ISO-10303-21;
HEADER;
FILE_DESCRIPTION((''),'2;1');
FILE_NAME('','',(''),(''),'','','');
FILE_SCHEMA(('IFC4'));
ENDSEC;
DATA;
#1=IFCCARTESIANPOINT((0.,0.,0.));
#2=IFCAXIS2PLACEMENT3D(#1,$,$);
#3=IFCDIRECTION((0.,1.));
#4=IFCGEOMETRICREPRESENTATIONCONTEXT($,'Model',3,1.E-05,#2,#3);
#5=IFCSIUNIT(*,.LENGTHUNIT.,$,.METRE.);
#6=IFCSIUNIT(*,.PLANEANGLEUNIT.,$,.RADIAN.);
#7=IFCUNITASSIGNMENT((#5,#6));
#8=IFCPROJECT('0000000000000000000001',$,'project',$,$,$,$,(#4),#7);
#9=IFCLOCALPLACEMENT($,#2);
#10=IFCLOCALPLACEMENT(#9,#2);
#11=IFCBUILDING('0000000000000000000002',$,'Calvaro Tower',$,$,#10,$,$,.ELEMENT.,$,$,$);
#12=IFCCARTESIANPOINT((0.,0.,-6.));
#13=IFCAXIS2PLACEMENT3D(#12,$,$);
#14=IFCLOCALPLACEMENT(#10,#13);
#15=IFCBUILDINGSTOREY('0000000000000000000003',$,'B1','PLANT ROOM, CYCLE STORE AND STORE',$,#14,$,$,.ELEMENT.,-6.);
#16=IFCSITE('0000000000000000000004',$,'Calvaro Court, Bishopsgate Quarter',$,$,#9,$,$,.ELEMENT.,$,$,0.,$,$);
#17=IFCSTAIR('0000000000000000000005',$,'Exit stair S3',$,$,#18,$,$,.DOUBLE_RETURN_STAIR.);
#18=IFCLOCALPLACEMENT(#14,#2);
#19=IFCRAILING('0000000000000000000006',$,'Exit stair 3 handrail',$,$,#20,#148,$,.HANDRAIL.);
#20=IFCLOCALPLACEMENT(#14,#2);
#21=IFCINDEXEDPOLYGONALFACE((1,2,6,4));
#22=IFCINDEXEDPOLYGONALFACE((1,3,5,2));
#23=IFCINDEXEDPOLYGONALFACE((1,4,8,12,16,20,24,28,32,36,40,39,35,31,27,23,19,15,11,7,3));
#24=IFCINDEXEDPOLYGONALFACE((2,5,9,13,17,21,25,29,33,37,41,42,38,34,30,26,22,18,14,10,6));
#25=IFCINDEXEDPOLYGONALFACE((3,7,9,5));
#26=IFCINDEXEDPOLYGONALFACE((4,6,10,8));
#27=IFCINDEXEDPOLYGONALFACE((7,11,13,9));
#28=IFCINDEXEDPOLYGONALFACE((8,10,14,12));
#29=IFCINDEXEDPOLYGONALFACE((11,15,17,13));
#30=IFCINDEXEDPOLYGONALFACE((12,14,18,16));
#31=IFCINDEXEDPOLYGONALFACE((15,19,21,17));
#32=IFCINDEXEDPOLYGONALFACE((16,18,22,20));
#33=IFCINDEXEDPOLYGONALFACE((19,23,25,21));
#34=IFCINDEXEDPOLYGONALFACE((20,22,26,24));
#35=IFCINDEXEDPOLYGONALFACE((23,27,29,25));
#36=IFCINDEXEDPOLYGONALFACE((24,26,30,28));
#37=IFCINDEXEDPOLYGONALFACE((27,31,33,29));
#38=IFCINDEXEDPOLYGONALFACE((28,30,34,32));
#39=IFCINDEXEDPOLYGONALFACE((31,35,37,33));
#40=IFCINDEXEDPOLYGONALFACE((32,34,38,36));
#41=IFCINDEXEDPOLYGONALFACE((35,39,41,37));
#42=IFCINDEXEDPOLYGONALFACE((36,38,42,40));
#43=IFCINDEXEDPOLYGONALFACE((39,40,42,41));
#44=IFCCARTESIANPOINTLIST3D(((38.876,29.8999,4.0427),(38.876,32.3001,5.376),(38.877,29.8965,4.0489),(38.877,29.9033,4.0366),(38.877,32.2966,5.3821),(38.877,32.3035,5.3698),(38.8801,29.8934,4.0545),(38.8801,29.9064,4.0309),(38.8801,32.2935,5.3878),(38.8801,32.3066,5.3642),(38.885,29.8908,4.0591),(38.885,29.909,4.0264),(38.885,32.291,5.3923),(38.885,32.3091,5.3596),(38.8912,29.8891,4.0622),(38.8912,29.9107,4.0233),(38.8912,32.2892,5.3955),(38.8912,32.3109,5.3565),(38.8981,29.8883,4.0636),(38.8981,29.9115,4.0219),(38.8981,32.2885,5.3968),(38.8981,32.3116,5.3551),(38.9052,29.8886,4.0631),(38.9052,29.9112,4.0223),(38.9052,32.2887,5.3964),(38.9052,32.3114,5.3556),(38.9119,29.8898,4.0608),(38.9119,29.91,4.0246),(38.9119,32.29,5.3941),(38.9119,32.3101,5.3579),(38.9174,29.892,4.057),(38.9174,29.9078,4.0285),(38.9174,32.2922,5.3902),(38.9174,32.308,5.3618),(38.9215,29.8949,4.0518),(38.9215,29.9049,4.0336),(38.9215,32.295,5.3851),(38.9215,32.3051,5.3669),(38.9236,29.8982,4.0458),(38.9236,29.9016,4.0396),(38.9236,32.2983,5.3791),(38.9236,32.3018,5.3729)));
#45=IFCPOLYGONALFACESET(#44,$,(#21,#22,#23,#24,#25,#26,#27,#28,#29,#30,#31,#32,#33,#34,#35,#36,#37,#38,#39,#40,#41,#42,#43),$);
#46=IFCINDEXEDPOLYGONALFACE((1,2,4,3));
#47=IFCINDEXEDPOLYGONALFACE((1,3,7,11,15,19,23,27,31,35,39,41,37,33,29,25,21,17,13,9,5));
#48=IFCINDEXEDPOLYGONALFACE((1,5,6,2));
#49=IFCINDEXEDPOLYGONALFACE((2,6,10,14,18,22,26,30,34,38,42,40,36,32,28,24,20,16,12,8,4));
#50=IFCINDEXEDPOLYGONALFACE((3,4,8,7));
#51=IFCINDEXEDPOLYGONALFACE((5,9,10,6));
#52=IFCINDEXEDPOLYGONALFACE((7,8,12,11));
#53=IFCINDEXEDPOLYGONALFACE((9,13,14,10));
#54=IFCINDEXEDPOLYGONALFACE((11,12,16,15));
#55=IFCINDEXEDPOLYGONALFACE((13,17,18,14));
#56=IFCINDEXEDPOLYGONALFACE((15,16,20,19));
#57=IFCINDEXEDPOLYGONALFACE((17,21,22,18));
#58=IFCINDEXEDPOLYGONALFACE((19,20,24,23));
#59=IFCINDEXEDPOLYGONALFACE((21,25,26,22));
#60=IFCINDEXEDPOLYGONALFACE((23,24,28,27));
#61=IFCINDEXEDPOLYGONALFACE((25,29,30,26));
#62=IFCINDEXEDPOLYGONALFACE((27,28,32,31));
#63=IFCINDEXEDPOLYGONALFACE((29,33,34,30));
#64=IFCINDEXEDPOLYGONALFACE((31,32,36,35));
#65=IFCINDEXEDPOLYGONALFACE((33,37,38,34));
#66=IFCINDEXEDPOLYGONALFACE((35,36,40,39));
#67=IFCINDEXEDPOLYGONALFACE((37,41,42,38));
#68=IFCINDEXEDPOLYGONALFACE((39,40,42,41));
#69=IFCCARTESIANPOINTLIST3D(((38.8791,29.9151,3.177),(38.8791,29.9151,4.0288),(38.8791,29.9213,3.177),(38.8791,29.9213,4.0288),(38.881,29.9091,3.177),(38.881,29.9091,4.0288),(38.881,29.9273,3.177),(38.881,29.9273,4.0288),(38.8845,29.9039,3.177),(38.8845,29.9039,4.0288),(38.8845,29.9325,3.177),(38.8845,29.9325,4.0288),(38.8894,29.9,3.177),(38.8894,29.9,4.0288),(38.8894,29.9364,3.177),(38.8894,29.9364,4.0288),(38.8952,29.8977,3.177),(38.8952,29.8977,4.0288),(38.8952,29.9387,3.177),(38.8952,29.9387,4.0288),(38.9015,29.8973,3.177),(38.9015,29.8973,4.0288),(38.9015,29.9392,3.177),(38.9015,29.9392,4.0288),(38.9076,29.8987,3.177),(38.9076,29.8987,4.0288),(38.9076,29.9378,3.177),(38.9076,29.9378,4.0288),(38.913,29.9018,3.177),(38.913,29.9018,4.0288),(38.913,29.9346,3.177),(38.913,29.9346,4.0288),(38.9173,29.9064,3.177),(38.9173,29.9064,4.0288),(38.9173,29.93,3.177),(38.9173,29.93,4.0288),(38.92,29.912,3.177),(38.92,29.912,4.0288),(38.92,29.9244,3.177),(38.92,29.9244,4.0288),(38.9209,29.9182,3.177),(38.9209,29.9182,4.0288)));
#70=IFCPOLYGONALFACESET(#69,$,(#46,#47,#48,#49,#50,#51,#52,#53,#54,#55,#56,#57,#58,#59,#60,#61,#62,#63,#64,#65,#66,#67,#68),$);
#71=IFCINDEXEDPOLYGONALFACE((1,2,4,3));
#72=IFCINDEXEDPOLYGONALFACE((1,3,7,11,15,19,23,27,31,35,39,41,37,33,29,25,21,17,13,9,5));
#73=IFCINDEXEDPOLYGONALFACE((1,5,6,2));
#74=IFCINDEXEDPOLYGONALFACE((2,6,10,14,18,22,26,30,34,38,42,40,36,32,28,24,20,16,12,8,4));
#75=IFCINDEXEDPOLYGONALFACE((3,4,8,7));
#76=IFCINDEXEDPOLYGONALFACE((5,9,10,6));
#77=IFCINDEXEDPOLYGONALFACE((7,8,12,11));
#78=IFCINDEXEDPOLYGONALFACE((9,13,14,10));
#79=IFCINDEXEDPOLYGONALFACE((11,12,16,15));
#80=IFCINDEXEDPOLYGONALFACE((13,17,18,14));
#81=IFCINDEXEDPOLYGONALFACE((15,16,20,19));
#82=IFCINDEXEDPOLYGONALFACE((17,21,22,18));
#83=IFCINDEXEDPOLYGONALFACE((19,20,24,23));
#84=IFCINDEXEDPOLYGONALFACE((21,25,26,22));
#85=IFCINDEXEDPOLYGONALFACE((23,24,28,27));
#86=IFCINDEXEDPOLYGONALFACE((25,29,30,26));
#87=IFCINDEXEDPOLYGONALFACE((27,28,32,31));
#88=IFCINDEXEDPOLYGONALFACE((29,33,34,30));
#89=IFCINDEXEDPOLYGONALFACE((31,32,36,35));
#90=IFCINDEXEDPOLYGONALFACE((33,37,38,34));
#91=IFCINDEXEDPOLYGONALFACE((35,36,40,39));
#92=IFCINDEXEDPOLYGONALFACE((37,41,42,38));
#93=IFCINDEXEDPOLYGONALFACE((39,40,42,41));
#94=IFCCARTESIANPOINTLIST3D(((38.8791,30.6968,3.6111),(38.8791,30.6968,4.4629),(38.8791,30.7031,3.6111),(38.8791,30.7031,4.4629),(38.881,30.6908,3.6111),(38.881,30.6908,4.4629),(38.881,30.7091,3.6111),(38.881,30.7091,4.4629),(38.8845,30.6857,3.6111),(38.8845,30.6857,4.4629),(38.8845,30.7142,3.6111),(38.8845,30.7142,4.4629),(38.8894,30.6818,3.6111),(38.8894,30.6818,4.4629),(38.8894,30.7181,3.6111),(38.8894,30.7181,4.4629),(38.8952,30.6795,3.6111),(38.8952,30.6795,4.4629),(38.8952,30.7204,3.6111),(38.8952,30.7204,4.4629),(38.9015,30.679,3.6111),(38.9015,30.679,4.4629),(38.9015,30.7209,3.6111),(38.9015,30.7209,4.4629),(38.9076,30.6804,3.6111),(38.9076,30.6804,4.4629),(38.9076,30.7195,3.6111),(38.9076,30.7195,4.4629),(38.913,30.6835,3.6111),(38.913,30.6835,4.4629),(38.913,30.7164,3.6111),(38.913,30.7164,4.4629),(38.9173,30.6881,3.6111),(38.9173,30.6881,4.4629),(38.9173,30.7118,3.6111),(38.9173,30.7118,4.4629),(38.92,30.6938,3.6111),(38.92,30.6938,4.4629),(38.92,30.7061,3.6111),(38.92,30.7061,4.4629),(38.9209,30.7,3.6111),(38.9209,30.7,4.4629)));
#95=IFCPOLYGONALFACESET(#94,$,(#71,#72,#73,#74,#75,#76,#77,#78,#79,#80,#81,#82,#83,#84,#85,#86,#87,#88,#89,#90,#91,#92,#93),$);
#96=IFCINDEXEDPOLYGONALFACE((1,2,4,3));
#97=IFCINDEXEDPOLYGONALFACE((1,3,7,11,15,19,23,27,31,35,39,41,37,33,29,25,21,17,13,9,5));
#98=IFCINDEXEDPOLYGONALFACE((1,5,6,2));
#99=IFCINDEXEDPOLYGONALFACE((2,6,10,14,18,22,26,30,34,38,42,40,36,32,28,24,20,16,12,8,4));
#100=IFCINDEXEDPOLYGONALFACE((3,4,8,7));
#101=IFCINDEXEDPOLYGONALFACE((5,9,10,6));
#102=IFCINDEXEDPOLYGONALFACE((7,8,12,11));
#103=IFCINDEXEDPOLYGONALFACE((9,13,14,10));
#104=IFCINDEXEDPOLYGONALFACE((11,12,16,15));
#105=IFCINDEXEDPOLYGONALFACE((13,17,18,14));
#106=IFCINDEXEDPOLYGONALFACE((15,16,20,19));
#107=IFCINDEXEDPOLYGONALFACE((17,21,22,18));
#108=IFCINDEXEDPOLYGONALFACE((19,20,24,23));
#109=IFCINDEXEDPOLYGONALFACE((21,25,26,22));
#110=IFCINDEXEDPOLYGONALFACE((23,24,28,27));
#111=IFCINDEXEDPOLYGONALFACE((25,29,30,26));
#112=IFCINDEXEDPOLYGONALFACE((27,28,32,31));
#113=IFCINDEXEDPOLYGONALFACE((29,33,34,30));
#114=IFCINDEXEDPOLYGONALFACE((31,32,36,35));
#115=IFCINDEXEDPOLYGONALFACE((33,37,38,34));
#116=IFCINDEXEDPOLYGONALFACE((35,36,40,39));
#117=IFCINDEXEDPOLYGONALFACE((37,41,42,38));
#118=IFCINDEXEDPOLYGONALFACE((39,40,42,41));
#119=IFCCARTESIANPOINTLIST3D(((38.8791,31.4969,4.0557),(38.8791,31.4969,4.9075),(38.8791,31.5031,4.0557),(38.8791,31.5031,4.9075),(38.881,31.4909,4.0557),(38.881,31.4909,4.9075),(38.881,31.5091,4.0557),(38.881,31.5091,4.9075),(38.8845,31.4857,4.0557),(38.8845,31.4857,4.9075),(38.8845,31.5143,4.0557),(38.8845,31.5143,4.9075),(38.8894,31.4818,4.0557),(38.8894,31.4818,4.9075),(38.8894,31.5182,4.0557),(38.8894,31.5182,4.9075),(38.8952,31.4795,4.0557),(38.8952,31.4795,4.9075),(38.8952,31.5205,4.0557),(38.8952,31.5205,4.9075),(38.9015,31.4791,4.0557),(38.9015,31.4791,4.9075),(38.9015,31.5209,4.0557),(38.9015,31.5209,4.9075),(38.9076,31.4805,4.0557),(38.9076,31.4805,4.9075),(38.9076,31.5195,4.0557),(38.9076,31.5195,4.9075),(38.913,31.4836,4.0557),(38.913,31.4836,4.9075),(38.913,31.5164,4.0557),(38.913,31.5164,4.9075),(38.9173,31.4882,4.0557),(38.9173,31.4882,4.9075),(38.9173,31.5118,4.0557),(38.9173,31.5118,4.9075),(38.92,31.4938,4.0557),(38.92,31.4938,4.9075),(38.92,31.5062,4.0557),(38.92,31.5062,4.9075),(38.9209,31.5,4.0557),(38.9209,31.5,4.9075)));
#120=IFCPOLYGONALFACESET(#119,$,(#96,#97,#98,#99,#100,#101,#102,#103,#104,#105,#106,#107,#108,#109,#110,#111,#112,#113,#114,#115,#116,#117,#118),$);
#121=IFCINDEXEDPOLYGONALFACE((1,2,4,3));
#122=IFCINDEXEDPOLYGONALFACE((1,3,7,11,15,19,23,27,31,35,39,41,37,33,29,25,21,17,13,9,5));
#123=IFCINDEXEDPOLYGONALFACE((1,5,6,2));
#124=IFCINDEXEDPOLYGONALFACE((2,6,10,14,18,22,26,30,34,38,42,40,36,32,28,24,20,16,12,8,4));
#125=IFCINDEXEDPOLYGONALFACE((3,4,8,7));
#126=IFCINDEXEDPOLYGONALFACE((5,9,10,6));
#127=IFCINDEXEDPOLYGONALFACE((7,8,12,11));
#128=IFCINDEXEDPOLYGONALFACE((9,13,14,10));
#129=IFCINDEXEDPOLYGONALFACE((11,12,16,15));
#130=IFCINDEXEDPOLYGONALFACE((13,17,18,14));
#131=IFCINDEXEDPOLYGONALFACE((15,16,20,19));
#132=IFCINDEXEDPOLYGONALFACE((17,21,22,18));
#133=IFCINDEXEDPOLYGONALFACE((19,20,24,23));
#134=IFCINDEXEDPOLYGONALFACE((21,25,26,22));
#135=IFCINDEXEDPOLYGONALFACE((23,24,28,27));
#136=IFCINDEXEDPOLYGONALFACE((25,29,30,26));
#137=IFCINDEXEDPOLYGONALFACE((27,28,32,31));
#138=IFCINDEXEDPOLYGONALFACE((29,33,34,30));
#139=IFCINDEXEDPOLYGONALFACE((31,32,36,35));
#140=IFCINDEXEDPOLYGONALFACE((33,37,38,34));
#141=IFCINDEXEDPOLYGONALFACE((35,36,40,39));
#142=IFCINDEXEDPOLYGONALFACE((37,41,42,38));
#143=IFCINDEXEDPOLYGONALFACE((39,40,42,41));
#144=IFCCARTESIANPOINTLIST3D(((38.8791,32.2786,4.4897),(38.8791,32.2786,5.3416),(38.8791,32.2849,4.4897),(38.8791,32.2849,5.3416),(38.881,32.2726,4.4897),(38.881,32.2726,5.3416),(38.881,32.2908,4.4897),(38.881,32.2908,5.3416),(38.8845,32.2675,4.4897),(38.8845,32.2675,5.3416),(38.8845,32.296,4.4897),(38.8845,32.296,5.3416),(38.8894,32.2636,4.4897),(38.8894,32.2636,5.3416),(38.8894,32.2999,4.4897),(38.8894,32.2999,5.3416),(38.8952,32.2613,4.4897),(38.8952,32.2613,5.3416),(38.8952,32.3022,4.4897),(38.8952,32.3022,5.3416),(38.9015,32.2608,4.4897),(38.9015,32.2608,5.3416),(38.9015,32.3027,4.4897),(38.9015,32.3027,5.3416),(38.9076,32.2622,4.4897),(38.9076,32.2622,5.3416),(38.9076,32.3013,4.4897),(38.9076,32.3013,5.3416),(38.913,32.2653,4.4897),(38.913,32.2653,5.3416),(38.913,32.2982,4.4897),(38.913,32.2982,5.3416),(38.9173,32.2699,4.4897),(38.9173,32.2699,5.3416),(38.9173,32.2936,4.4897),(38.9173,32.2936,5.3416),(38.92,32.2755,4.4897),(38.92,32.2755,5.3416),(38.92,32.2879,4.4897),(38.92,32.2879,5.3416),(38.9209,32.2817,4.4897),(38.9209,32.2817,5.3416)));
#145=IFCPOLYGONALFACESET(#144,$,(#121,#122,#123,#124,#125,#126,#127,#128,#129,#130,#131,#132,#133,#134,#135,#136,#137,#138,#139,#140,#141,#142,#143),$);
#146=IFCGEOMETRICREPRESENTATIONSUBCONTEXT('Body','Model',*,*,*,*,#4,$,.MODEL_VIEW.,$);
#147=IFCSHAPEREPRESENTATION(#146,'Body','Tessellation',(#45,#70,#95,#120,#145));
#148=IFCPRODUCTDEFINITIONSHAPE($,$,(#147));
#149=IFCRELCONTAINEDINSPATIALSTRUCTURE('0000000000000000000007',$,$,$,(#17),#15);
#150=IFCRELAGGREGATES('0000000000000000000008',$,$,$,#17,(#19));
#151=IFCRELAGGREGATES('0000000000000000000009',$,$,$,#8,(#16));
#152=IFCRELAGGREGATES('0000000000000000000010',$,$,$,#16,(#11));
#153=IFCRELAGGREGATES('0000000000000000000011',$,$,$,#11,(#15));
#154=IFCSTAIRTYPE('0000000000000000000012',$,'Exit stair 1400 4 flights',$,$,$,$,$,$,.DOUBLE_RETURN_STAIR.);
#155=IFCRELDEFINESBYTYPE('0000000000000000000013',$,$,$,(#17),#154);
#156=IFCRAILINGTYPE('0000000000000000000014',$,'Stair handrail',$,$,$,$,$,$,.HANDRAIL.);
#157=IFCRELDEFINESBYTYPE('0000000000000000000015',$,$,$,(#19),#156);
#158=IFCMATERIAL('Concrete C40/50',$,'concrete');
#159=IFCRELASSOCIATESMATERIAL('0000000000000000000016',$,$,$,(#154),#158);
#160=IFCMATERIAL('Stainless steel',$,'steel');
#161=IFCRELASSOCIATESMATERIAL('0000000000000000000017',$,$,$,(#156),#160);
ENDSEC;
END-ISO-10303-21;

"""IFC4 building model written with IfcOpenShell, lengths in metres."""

from ifc_helpers import new_model, si_unit, direction, frame, origin, origin_2d, place, context, subcontext, project, spatial, circle, extrude, material, type_object, element, aggregate, save


model = new_model("IFC4")

# Units and contexts
model_context = context("Model", 3, precision=1e-05, world=origin(), true_north=direction((0.0, 1.0)))
body_context = subcontext(model_context, "Body", "Model", "MODEL_VIEW")
ifc_project = project(units=[si_unit("LENGTHUNIT", "METRE"), si_unit("PLANEANGLEUNIT", "RADIAN")], contexts=[model_context])

# Site, building, storey
site_placement = place(None, origin())
site = spatial("IfcSite", under=ifc_project, at=site_placement, Name="Calvaro Court, Bishopsgate Quarter", CompositionType="ELEMENT", RefElevation=0.0)
building_placement = place(site_placement, origin())
building = spatial("IfcBuilding", under=site, at=building_placement, Name="Calvaro Tower", CompositionType="ELEMENT")
storey_placement = place(building_placement, frame((0.0, 0.0, -6.0)))
storey = spatial("IfcBuildingStorey", under=building, at=storey_placement, Name="B1", Description="PLANT ROOM, CYCLE STORE AND STORE", CompositionType="ELEMENT", Elevation=-6.0)

# Stair
ifc_material_1 = material(Name="Concrete C40/50", Category="concrete")
stair_type = type_object("IfcStairType", Name="Exit stair 1400 4 flights", PredefinedType="DOUBLE_RETURN_STAIR", material=ifc_material_1)
stair_1_placement = place(storey_placement, origin())
stair_1 = element("IfcStair", 1, at=stair_1_placement, inside=storey, type_object=stair_type, Name="Exit stair S3", PredefinedType="DOUBLE_RETURN_STAIR")

# Railing
ifc_material_2 = material(Name="Stainless steel", Category="steel")
railing_type = type_object("IfcRailingType", Name="Stair handrail", PredefinedType="HANDRAIL", material=ifc_material_2)
railing_1_placement = place(storey_placement, frame((38.8999, 29.8999, 3.1667)))
railing_1 = element("IfcRailing", 2, at=railing_1_placement, type_object=railing_type, Name="Exit stair 3 handrail", PredefinedType="HANDRAIL", context=body_context, shape_type="SweptSolid", body=[
    extrude(circle(Radius=0.0239, at=origin_2d()), frame((0.0, 0.0, 0.876), z_axis=(0.0, 0.874182, 0.485598), x_axis=(-1.0, 0.0, 0.0)), (0.0, 0.0, 1.0), 2.7456),
    extrude(circle(Radius=0.021, at=origin_2d()), frame((0.0, 0.0183, 0.0103)), (0.0, 0.0, 1.0), 0.8518),
    extrude(circle(Radius=0.021, at=origin_2d()), frame((0.0, 0.8, 0.4443)), (0.0, 0.0, 1.0), 0.8518),
    extrude(circle(Radius=0.021, at=origin_2d()), frame((0.0, 1.6001, 0.8889)), (0.0, 0.0, 1.0), 0.8518),
    extrude(circle(Radius=0.021, at=origin_2d()), frame((0.0, 2.3818, 1.323)), (0.0, 0.0, 1.0), 0.8518),
])
aggregate(stair_1, [railing_1])

save(model, "model.ifc")
